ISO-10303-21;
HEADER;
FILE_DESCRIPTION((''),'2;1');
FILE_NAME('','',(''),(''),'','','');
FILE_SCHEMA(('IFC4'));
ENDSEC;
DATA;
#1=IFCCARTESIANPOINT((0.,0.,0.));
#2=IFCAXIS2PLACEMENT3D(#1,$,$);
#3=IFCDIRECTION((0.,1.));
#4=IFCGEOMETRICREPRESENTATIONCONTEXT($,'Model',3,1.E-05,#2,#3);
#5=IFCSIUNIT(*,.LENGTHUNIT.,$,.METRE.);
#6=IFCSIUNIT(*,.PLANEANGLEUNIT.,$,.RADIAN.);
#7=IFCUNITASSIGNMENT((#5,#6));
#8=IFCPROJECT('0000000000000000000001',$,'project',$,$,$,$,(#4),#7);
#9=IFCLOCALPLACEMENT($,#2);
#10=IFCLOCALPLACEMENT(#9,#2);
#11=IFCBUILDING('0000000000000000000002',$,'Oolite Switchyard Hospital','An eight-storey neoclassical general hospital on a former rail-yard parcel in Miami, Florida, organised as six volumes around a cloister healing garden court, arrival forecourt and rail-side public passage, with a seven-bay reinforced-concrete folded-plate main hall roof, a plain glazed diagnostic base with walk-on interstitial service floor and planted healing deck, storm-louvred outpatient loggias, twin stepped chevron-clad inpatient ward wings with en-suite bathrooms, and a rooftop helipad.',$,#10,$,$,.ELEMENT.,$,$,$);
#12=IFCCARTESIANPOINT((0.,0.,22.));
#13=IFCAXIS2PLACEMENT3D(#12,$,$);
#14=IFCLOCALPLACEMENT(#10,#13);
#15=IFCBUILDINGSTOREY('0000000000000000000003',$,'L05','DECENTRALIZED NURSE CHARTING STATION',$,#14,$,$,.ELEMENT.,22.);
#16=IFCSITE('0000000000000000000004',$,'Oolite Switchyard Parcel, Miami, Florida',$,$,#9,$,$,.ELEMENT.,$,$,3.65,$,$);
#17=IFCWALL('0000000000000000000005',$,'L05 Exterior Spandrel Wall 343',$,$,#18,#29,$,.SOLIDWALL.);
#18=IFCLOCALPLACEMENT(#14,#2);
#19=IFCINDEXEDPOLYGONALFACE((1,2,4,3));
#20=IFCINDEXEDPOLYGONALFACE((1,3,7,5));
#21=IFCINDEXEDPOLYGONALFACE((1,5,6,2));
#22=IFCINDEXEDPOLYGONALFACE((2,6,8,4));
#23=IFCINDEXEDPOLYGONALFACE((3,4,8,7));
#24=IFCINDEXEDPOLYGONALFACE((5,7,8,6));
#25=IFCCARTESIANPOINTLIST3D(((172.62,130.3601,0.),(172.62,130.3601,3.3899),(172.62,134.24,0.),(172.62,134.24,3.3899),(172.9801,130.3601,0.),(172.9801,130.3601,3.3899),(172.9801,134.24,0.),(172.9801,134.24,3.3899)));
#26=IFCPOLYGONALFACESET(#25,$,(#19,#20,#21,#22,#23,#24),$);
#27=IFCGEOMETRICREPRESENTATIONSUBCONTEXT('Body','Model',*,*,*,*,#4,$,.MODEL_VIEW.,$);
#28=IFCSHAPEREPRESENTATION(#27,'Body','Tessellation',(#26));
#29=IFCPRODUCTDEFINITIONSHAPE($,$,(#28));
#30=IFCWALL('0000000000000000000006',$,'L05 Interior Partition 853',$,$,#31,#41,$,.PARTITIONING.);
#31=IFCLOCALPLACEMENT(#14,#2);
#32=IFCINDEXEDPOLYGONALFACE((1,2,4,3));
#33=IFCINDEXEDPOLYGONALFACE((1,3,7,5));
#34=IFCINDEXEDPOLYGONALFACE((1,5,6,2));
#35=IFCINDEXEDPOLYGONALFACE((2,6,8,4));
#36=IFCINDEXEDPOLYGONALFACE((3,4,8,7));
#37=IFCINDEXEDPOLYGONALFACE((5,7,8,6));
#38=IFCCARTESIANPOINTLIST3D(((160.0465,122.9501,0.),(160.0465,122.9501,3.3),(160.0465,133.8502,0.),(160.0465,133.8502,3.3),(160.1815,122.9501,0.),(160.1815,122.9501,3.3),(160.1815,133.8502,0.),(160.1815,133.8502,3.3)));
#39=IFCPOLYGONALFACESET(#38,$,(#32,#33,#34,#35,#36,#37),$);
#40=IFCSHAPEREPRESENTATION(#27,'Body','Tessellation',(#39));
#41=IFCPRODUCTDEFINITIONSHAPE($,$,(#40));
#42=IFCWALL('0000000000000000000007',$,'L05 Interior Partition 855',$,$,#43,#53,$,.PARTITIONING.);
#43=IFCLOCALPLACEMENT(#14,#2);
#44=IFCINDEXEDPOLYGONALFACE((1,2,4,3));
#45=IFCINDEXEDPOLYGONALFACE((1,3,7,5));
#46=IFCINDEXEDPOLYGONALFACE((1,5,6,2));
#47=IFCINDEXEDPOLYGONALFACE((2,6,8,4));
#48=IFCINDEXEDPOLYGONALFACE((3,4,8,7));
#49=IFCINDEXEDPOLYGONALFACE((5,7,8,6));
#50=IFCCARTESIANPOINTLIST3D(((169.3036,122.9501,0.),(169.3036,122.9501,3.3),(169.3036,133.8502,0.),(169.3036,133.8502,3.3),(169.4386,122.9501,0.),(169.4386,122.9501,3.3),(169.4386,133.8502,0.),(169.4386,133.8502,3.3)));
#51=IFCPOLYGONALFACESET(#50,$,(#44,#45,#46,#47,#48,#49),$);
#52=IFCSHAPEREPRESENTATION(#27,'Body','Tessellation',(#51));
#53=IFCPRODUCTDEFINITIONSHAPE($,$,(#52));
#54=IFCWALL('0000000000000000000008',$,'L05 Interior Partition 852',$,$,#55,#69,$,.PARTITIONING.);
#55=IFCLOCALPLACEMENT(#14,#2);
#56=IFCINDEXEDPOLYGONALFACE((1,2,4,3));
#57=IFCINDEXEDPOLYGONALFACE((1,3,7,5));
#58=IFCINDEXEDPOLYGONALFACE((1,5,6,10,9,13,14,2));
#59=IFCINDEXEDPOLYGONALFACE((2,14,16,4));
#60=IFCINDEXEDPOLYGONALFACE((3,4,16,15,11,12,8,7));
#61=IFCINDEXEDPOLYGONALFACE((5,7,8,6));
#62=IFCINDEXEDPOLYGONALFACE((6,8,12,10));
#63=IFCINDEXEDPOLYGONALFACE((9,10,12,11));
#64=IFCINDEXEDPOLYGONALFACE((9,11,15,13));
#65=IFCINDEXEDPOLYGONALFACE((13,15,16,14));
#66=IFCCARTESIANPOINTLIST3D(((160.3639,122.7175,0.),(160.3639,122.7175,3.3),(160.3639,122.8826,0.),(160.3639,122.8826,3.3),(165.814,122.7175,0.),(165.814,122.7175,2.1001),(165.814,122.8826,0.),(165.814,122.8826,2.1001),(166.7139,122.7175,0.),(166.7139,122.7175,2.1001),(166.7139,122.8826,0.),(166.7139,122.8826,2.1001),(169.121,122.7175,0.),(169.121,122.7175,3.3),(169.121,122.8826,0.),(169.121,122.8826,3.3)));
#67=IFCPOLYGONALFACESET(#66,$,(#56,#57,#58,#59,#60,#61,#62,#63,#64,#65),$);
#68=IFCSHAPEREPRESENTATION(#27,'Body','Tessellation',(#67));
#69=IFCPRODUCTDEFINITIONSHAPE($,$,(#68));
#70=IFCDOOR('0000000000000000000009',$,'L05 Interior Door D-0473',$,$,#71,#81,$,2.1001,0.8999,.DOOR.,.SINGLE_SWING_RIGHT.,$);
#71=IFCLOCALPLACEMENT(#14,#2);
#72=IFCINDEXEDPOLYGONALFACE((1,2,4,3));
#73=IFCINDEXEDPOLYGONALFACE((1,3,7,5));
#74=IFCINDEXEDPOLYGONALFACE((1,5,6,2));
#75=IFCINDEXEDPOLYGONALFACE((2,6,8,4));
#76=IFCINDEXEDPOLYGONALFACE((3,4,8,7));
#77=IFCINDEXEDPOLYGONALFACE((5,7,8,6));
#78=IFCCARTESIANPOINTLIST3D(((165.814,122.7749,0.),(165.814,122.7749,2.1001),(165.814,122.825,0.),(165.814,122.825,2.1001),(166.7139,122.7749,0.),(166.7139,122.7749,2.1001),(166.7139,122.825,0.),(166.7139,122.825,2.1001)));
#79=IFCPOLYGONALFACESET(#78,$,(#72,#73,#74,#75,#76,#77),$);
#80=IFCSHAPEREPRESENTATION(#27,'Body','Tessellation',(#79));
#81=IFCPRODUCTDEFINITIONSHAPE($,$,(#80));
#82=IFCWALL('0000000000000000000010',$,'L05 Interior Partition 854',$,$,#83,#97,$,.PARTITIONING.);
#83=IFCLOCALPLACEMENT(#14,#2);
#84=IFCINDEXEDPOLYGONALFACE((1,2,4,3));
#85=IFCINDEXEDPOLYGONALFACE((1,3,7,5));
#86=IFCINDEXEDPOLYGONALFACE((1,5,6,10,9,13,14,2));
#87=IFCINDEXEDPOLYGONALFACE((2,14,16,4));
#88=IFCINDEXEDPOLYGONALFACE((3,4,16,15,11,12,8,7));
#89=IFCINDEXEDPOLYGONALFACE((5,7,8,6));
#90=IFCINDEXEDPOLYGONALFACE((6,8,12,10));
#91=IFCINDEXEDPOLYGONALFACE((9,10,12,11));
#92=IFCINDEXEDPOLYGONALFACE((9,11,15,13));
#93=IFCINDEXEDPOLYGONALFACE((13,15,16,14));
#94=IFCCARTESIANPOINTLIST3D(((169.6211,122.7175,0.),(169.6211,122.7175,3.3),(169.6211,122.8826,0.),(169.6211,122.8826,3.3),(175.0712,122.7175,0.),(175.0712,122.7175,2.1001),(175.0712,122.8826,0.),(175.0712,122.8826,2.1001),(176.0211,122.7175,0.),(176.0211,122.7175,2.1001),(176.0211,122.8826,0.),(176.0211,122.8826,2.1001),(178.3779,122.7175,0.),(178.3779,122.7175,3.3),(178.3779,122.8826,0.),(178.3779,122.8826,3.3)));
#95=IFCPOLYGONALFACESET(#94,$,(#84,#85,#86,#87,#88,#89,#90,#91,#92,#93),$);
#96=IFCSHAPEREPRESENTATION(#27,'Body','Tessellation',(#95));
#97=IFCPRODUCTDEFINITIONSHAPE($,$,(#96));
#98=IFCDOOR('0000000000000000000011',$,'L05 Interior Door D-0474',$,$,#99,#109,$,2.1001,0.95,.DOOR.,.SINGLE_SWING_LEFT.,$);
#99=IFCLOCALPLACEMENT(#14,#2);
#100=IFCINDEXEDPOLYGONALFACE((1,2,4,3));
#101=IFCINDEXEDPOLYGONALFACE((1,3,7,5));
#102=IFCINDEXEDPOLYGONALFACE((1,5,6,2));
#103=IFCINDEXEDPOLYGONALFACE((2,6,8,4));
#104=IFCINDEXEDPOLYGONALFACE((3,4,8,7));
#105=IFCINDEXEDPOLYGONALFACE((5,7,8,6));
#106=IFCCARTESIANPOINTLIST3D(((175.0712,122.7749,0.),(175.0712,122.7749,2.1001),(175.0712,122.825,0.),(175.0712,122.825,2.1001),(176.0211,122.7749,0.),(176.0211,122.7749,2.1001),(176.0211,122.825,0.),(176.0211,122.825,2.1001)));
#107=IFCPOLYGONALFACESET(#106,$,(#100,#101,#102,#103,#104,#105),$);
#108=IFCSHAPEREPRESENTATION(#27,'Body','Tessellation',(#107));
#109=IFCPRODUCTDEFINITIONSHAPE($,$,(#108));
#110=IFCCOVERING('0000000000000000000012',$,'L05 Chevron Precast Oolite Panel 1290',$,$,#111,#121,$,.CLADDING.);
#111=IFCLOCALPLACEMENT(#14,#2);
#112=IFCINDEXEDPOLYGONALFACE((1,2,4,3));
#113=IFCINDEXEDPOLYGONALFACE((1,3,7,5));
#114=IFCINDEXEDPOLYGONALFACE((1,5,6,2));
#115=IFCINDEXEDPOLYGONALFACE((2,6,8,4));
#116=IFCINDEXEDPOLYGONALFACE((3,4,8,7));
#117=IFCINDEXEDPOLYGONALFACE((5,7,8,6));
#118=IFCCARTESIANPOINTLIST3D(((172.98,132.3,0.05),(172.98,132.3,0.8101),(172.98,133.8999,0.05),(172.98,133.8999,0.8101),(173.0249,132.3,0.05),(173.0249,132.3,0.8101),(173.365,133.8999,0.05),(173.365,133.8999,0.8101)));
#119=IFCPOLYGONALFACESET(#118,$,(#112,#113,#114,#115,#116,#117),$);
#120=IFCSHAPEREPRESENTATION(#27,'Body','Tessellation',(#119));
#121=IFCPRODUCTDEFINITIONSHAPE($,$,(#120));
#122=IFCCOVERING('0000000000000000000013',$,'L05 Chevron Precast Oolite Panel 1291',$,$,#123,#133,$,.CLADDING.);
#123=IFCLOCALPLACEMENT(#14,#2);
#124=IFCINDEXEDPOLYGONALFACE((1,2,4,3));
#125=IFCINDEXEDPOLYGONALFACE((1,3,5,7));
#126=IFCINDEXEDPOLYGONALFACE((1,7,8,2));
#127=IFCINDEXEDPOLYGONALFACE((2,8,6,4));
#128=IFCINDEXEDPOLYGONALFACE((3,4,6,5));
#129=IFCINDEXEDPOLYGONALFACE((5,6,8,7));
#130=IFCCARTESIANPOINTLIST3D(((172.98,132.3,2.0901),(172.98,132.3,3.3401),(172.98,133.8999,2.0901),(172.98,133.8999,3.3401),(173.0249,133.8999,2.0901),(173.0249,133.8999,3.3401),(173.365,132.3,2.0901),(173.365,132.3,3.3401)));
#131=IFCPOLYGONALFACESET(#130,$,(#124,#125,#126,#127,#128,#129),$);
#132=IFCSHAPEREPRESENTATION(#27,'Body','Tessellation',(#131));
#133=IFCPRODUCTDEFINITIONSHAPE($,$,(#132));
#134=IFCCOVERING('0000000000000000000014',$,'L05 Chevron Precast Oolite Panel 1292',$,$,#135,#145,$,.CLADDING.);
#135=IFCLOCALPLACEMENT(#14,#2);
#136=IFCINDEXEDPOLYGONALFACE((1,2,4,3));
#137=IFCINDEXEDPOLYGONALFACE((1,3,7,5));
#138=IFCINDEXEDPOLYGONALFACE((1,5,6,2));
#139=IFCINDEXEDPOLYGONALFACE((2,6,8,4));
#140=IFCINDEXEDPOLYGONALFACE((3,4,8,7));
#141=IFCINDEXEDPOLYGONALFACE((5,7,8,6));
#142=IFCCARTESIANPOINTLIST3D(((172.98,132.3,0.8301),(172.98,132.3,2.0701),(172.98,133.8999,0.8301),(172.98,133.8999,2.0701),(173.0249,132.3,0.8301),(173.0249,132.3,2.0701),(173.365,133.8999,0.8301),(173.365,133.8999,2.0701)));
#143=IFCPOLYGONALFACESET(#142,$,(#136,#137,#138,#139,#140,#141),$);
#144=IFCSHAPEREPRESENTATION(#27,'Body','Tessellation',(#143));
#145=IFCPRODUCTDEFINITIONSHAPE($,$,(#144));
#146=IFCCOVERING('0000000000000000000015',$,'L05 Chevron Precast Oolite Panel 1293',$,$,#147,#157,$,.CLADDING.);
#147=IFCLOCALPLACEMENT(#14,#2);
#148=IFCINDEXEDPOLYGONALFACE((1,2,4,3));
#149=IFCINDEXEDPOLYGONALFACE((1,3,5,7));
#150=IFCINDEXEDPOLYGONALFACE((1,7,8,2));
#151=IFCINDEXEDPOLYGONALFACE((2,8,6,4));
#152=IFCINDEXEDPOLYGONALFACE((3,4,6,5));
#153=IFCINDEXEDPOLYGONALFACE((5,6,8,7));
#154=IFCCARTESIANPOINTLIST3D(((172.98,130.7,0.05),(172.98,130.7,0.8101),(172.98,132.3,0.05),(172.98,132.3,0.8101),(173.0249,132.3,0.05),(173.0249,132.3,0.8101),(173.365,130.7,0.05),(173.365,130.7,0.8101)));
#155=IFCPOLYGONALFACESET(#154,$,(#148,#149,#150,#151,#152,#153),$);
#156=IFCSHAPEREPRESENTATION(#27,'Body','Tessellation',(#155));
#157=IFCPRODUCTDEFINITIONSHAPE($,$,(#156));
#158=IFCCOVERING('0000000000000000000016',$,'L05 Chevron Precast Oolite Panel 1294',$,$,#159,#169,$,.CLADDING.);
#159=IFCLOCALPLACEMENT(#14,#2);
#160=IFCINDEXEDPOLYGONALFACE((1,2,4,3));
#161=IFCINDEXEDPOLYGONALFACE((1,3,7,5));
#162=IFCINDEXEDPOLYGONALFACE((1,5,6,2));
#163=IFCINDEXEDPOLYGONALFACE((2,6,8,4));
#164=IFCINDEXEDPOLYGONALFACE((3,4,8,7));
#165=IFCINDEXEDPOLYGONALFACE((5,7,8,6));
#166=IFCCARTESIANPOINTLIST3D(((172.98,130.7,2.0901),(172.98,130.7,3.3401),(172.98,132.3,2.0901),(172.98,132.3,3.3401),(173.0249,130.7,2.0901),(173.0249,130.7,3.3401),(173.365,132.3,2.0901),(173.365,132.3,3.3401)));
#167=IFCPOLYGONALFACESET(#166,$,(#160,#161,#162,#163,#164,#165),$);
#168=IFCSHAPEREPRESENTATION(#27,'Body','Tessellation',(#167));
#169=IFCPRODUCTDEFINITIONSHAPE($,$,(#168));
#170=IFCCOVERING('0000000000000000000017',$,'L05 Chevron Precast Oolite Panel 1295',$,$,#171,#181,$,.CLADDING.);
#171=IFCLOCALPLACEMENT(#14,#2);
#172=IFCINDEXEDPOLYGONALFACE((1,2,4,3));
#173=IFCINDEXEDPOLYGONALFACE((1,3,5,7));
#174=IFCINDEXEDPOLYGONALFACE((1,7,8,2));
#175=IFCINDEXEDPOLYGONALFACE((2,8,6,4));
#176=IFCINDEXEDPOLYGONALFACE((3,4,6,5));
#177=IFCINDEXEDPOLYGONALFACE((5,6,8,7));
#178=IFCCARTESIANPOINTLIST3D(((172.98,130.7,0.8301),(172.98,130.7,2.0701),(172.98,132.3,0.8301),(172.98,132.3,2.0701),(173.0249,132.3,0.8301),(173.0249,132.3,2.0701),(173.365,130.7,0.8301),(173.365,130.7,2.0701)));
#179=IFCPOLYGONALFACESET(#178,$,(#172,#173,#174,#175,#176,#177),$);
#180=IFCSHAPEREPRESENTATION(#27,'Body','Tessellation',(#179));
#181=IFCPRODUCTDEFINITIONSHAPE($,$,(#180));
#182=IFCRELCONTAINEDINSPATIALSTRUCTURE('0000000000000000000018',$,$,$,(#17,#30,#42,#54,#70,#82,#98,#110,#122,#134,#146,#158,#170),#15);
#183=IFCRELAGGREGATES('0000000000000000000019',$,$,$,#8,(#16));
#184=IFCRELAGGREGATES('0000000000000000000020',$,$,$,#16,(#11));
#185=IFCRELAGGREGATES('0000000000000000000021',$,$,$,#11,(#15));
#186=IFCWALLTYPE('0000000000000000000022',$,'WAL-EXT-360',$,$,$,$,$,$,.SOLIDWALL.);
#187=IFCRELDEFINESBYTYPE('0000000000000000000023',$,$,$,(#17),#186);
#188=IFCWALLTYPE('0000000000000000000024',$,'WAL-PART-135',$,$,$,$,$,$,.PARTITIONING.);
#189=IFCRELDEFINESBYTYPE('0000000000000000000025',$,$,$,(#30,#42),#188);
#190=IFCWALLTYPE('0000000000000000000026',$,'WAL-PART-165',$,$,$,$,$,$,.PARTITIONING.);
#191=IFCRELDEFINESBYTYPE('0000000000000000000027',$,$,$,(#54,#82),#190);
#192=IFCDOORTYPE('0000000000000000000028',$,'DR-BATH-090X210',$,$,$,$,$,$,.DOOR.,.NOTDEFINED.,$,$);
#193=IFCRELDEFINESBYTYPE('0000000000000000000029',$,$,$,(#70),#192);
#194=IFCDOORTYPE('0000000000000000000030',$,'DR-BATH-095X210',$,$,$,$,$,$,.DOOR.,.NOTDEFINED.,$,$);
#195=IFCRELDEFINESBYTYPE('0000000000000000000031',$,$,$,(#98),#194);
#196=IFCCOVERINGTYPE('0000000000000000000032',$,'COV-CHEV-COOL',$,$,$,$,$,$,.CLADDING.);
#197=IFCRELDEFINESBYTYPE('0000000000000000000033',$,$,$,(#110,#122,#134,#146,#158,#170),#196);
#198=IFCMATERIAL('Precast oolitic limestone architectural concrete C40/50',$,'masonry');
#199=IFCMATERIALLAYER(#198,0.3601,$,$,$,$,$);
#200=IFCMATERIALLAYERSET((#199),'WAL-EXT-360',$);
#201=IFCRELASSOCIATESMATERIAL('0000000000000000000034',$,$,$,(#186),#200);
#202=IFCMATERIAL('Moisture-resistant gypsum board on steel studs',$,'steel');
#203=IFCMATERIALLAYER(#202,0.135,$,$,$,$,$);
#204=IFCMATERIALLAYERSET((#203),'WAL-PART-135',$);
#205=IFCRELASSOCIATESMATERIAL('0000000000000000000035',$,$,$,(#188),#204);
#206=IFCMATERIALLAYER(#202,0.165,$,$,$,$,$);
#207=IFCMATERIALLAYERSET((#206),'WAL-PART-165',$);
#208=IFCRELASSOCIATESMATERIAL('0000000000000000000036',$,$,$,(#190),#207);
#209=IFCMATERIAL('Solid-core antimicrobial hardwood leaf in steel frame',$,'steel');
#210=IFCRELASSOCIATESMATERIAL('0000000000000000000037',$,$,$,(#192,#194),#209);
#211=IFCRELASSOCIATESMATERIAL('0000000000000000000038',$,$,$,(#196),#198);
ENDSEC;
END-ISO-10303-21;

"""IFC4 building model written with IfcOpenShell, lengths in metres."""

from ifc_helpers import new_model, si_unit, direction, frame, frame_2d, origin, place, context, subcontext, project, spatial, polyline, rectangle, outline, extrude, material, layer, layer_set, type_object, element, fill, save


model = new_model("IFC4")

# Units and contexts
model_context = context("Model", 3, precision=1e-05, world=origin(), true_north=direction((0.0, 1.0)))
body_context = subcontext(model_context, "Body", "Model", "MODEL_VIEW")
ifc_project = project(units=[si_unit("LENGTHUNIT", "METRE"), si_unit("PLANEANGLEUNIT", "RADIAN")], contexts=[model_context])

# Site, building, storey
site_placement = place(None, origin())
site = spatial("IfcSite", under=ifc_project, at=site_placement, Name="Oolite Switchyard Parcel, Miami, Florida", CompositionType="ELEMENT", RefElevation=3.65)
building_placement = place(site_placement, origin())
building = spatial("IfcBuilding", under=site, at=building_placement, Name="Oolite Switchyard Hospital", Description="An eight-storey neoclassical general hospital on a former rail-yard parcel in Miami, Florida, organised as six volumes around a cloister healing garden court, arrival forecourt and rail-side public passage, with a seven-bay reinforced-concrete folded-plate main hall roof, a plain glazed diagnostic base with walk-on interstitial service floor and planted healing deck, storm-louvred outpatient loggias, twin stepped chevron-clad inpatient ward wings with en-suite bathrooms, and a rooftop helipad.", CompositionType="ELEMENT")
storey_placement = place(building_placement, frame((0.0, 0.0, 22.0)))
storey = spatial("IfcBuildingStorey", under=building, at=storey_placement, Name="L05", Description="DECENTRALIZED NURSE CHARTING STATION", CompositionType="ELEMENT", Elevation=22.0)

# Shared definitions
ifc_material_1 = material(Name="Precast oolitic limestone architectural concrete C40/50", Category="masonry")

# Walls
ifc_layer_1 = layer(ifc_material_1, 0.3601)
ifc_layer_set_1 = layer_set([ifc_layer_1], Name="WAL-EXT-360")
wall_type_1 = type_object("IfcWallType", Name="WAL-EXT-360", PredefinedType="SOLIDWALL", material=ifc_layer_set_1)
wall_1_placement = place(storey_placement, frame((172.8, 134.24, 0.0), z_axis=(0.0, 0.0, 1.0), x_axis=(0.0, -1.0, 0.0)))
element("IfcWall", 1, at=wall_1_placement, inside=storey, type_object=wall_type_1, Name="L05 Exterior Spandrel Wall 343", PredefinedType="SOLIDWALL", context=body_context, shape_type="SweptSolid", body=[
    extrude(rectangle(XDim=3.8799, YDim=0.3601, at=frame_2d((1.9399, 0.0))), origin(), (0.0, 0.0, 1.0), 3.3899),
])
ifc_material_2 = material(Name="Moisture-resistant gypsum board on steel studs", Category="steel")
ifc_layer_2 = layer(ifc_material_2, 0.135)
ifc_layer_set_2 = layer_set([ifc_layer_2], Name="WAL-PART-135")
wall_type_2 = type_object("IfcWallType", Name="WAL-PART-135", PredefinedType="PARTITIONING", material=ifc_layer_set_2)
for number, where, z_axis, x_axis, name in (
    (2, (160.114, 122.95, 0.0), (0.0, 0.0, 1.0), (0.0, 1.0, 0.0), "L05 Interior Partition 853"),
    (3, (169.3711, 122.95, 0.0), (0.0, 0.0, 1.0), (0.0, 1.0, 0.0), "L05 Interior Partition 855"),
):
    element("IfcWall", number, at=place(storey_placement, frame(where, z_axis=z_axis, x_axis=x_axis)), inside=storey, type_object=wall_type_2, Name=name, PredefinedType="PARTITIONING", context=body_context, shape_type="SweptSolid", body=[
        extrude(rectangle(XDim=10.9001, YDim=0.135, at=frame_2d((5.4502, 0.0))), origin(), (0.0, 0.0, 1.0), 3.3),
    ])

# Walls, openings, doors
ifc_layer_3 = layer(ifc_material_2, 0.165)
ifc_layer_set_3 = layer_set([ifc_layer_3], Name="WAL-PART-165")
wall_type_3 = type_object("IfcWallType", Name="WAL-PART-165", PredefinedType="PARTITIONING", material=ifc_layer_set_3)
wall_2_placement = place(storey_placement, frame((160.364, 122.8, 0.0), z_axis=(0.0, 0.0, 1.0), x_axis=(1.0, 0.0, 0.0)))
wall_2 = element("IfcWall", 4, at=wall_2_placement, inside=storey, type_object=wall_type_3, Name="L05 Interior Partition 852", PredefinedType="PARTITIONING", context=body_context, shape_type="SweptSolid", body=[
    extrude(rectangle(XDim=8.7571, YDim=0.165, at=frame_2d((4.3784, 0.0))), origin(), (0.0, 0.0, 1.0), 3.3),
])
opening_1_placement = place(wall_2_placement, frame((5.45, 0.0, 0.0)))
opening_1 = element("IfcOpeningElement", 5, at=opening_1_placement, cuts=wall_2, PredefinedType="OPENING", context=body_context, shape_type="SweptSolid", body=[
    extrude(rectangle(XDim=0.8999, YDim=2.1001, at=frame_2d((0.45, 1.05))), frame((0.0, 0.0925, 0.0), z_axis=(0.0, -1.0, 0.0), x_axis=(1.0, 0.0, 0.0)), (0.0, 0.0, 1.0), 0.1851),
])
ifc_material_3 = material(Name="Solid-core antimicrobial hardwood leaf in steel frame", Category="steel")
door_type_1 = type_object("IfcDoorType", Name="DR-BATH-090X210", OperationType="NOTDEFINED", PredefinedType="DOOR", material=ifc_material_3)
door_1_placement = place(opening_1_placement, origin())
door_1 = element("IfcDoor", 6, at=door_1_placement, inside=storey, type_object=door_type_1, Name="L05 Interior Door D-0473", OperationType="SINGLE_SWING_RIGHT", OverallHeight=2.1001, OverallWidth=0.8999, PredefinedType="DOOR", context=body_context, shape_type="SweptSolid", body=[
    extrude(rectangle(XDim=0.8999, YDim=2.1001, at=frame_2d((0.45, 1.05))), frame((0.0, 0.0249, 0.0), z_axis=(0.0, -1.0, 0.0), x_axis=(1.0, 0.0, 0.0)), (0.0, 0.0, 1.0), 0.05),
])
fill(opening_1, door_1)
wall_3_placement = place(storey_placement, frame((169.6211, 122.8, 0.0), z_axis=(0.0, 0.0, 1.0), x_axis=(1.0, 0.0, 0.0)))
wall_3 = element("IfcWall", 7, at=wall_3_placement, inside=storey, type_object=wall_type_3, Name="L05 Interior Partition 854", PredefinedType="PARTITIONING", context=body_context, shape_type="SweptSolid", body=[
    extrude(rectangle(XDim=8.7568, YDim=0.165, at=frame_2d((4.3784, 0.0))), origin(), (0.0, 0.0, 1.0), 3.3),
])
opening_2_placement = place(wall_3_placement, frame((5.45, 0.0, 0.0)))
opening_2 = element("IfcOpeningElement", 8, at=opening_2_placement, cuts=wall_3, PredefinedType="OPENING", context=body_context, shape_type="SweptSolid", body=[
    extrude(rectangle(XDim=0.95, YDim=2.1001, at=frame_2d((0.4751, 1.05))), frame((0.0, 0.0925, 0.0), z_axis=(0.0, -1.0, 0.0), x_axis=(1.0, 0.0, 0.0)), (0.0, 0.0, 1.0), 0.1851),
])
door_type_2 = type_object("IfcDoorType", Name="DR-BATH-095X210", OperationType="NOTDEFINED", PredefinedType="DOOR", material=ifc_material_3)
door_2_placement = place(opening_2_placement, origin())
door_2 = element("IfcDoor", 9, at=door_2_placement, inside=storey, type_object=door_type_2, Name="L05 Interior Door D-0474", OperationType="SINGLE_SWING_LEFT", OverallHeight=2.1001, OverallWidth=0.95, PredefinedType="DOOR", context=body_context, shape_type="SweptSolid", body=[
    extrude(rectangle(XDim=0.95, YDim=2.1001, at=frame_2d((0.4751, 1.05))), frame((0.0, 0.0249, 0.0), z_axis=(0.0, -1.0, 0.0), x_axis=(1.0, 0.0, 0.0)), (0.0, 0.0, 1.0), 0.05),
])
fill(opening_2, door_2)

# Coverings
covering_type = type_object("IfcCoveringType", Name="COV-CHEV-COOL", PredefinedType="CLADDING", material=ifc_material_1)
covering_1_placement = place(storey_placement, frame((172.98, 133.8999, 0.05), z_axis=(0.0, 0.0, 1.0), x_axis=(0.0, -1.0, 0.0)))
element("IfcCovering", 10, at=covering_1_placement, inside=storey, type_object=covering_type, Name="L05 Chevron Precast Oolite Panel 1290", PredefinedType="CLADDING", context=body_context, shape_type="SweptSolid", body=[
    extrude(outline(polyline([(0.0, 0.0), (1.5999, 0.0), (1.5999, 0.0449), (0.0, 0.385), (0.0, 0.0)])), origin(), (0.0, 0.0, 1.0), 0.76),
])
covering_2_placement = place(storey_placement, frame((172.98, 133.8999, 2.0901), z_axis=(0.0, 0.0, 1.0), x_axis=(0.0, -1.0, 0.0)))
element("IfcCovering", 11, at=covering_2_placement, inside=storey, type_object=covering_type, Name="L05 Chevron Precast Oolite Panel 1291", PredefinedType="CLADDING", context=body_context, shape_type="SweptSolid", body=[
    extrude(outline(polyline([(0.0, 0.0), (1.5999, 0.0), (1.5999, 0.385), (0.0, 0.0449), (0.0, 0.0)])), origin(), (0.0, 0.0, 1.0), 1.25),
])
covering_3_placement = place(storey_placement, frame((172.98, 133.8999, 0.8301), z_axis=(0.0, 0.0, 1.0), x_axis=(0.0, -1.0, 0.0)))
element("IfcCovering", 12, at=covering_3_placement, inside=storey, type_object=covering_type, Name="L05 Chevron Precast Oolite Panel 1292", PredefinedType="CLADDING", context=body_context, shape_type="SweptSolid", body=[
    extrude(outline(polyline([(0.0, 0.0), (1.5999, 0.0), (1.5999, 0.0449), (0.0, 0.385), (0.0, 0.0)])), origin(), (0.0, 0.0, 1.0), 1.24),
])
covering_4_placement = place(storey_placement, frame((172.98, 132.3, 0.05), z_axis=(0.0, 0.0, 1.0), x_axis=(0.0, -1.0, 0.0)))
element("IfcCovering", 13, at=covering_4_placement, inside=storey, type_object=covering_type, Name="L05 Chevron Precast Oolite Panel 1293", PredefinedType="CLADDING", context=body_context, shape_type="SweptSolid", body=[
    extrude(outline(polyline([(0.0, 0.0), (1.6001, 0.0), (1.6001, 0.385), (0.0, 0.0449), (0.0, 0.0)])), origin(), (0.0, 0.0, 1.0), 0.76),
])
covering_5_placement = place(storey_placement, frame((172.98, 132.3, 2.0901), z_axis=(0.0, 0.0, 1.0), x_axis=(0.0, -1.0, 0.0)))
element("IfcCovering", 14, at=covering_5_placement, inside=storey, type_object=covering_type, Name="L05 Chevron Precast Oolite Panel 1294", PredefinedType="CLADDING", context=body_context, shape_type="SweptSolid", body=[
    extrude(outline(polyline([(0.0, 0.0), (1.6001, 0.0), (1.6001, 0.0449), (0.0, 0.385), (0.0, 0.0)])), origin(), (0.0, 0.0, 1.0), 1.25),
])
covering_6_placement = place(storey_placement, frame((172.98, 132.3, 0.8301), z_axis=(0.0, 0.0, 1.0), x_axis=(0.0, -1.0, 0.0)))
element("IfcCovering", 15, at=covering_6_placement, inside=storey, type_object=covering_type, Name="L05 Chevron Precast Oolite Panel 1295", PredefinedType="CLADDING", context=body_context, shape_type="SweptSolid", body=[
    extrude(outline(polyline([(0.0, 0.0), (1.6001, 0.0), (1.6001, 0.385), (0.0, 0.0449), (0.0, 0.0)])), origin(), (0.0, 0.0, 1.0), 1.24),
])

save(model, "model.ifc")
